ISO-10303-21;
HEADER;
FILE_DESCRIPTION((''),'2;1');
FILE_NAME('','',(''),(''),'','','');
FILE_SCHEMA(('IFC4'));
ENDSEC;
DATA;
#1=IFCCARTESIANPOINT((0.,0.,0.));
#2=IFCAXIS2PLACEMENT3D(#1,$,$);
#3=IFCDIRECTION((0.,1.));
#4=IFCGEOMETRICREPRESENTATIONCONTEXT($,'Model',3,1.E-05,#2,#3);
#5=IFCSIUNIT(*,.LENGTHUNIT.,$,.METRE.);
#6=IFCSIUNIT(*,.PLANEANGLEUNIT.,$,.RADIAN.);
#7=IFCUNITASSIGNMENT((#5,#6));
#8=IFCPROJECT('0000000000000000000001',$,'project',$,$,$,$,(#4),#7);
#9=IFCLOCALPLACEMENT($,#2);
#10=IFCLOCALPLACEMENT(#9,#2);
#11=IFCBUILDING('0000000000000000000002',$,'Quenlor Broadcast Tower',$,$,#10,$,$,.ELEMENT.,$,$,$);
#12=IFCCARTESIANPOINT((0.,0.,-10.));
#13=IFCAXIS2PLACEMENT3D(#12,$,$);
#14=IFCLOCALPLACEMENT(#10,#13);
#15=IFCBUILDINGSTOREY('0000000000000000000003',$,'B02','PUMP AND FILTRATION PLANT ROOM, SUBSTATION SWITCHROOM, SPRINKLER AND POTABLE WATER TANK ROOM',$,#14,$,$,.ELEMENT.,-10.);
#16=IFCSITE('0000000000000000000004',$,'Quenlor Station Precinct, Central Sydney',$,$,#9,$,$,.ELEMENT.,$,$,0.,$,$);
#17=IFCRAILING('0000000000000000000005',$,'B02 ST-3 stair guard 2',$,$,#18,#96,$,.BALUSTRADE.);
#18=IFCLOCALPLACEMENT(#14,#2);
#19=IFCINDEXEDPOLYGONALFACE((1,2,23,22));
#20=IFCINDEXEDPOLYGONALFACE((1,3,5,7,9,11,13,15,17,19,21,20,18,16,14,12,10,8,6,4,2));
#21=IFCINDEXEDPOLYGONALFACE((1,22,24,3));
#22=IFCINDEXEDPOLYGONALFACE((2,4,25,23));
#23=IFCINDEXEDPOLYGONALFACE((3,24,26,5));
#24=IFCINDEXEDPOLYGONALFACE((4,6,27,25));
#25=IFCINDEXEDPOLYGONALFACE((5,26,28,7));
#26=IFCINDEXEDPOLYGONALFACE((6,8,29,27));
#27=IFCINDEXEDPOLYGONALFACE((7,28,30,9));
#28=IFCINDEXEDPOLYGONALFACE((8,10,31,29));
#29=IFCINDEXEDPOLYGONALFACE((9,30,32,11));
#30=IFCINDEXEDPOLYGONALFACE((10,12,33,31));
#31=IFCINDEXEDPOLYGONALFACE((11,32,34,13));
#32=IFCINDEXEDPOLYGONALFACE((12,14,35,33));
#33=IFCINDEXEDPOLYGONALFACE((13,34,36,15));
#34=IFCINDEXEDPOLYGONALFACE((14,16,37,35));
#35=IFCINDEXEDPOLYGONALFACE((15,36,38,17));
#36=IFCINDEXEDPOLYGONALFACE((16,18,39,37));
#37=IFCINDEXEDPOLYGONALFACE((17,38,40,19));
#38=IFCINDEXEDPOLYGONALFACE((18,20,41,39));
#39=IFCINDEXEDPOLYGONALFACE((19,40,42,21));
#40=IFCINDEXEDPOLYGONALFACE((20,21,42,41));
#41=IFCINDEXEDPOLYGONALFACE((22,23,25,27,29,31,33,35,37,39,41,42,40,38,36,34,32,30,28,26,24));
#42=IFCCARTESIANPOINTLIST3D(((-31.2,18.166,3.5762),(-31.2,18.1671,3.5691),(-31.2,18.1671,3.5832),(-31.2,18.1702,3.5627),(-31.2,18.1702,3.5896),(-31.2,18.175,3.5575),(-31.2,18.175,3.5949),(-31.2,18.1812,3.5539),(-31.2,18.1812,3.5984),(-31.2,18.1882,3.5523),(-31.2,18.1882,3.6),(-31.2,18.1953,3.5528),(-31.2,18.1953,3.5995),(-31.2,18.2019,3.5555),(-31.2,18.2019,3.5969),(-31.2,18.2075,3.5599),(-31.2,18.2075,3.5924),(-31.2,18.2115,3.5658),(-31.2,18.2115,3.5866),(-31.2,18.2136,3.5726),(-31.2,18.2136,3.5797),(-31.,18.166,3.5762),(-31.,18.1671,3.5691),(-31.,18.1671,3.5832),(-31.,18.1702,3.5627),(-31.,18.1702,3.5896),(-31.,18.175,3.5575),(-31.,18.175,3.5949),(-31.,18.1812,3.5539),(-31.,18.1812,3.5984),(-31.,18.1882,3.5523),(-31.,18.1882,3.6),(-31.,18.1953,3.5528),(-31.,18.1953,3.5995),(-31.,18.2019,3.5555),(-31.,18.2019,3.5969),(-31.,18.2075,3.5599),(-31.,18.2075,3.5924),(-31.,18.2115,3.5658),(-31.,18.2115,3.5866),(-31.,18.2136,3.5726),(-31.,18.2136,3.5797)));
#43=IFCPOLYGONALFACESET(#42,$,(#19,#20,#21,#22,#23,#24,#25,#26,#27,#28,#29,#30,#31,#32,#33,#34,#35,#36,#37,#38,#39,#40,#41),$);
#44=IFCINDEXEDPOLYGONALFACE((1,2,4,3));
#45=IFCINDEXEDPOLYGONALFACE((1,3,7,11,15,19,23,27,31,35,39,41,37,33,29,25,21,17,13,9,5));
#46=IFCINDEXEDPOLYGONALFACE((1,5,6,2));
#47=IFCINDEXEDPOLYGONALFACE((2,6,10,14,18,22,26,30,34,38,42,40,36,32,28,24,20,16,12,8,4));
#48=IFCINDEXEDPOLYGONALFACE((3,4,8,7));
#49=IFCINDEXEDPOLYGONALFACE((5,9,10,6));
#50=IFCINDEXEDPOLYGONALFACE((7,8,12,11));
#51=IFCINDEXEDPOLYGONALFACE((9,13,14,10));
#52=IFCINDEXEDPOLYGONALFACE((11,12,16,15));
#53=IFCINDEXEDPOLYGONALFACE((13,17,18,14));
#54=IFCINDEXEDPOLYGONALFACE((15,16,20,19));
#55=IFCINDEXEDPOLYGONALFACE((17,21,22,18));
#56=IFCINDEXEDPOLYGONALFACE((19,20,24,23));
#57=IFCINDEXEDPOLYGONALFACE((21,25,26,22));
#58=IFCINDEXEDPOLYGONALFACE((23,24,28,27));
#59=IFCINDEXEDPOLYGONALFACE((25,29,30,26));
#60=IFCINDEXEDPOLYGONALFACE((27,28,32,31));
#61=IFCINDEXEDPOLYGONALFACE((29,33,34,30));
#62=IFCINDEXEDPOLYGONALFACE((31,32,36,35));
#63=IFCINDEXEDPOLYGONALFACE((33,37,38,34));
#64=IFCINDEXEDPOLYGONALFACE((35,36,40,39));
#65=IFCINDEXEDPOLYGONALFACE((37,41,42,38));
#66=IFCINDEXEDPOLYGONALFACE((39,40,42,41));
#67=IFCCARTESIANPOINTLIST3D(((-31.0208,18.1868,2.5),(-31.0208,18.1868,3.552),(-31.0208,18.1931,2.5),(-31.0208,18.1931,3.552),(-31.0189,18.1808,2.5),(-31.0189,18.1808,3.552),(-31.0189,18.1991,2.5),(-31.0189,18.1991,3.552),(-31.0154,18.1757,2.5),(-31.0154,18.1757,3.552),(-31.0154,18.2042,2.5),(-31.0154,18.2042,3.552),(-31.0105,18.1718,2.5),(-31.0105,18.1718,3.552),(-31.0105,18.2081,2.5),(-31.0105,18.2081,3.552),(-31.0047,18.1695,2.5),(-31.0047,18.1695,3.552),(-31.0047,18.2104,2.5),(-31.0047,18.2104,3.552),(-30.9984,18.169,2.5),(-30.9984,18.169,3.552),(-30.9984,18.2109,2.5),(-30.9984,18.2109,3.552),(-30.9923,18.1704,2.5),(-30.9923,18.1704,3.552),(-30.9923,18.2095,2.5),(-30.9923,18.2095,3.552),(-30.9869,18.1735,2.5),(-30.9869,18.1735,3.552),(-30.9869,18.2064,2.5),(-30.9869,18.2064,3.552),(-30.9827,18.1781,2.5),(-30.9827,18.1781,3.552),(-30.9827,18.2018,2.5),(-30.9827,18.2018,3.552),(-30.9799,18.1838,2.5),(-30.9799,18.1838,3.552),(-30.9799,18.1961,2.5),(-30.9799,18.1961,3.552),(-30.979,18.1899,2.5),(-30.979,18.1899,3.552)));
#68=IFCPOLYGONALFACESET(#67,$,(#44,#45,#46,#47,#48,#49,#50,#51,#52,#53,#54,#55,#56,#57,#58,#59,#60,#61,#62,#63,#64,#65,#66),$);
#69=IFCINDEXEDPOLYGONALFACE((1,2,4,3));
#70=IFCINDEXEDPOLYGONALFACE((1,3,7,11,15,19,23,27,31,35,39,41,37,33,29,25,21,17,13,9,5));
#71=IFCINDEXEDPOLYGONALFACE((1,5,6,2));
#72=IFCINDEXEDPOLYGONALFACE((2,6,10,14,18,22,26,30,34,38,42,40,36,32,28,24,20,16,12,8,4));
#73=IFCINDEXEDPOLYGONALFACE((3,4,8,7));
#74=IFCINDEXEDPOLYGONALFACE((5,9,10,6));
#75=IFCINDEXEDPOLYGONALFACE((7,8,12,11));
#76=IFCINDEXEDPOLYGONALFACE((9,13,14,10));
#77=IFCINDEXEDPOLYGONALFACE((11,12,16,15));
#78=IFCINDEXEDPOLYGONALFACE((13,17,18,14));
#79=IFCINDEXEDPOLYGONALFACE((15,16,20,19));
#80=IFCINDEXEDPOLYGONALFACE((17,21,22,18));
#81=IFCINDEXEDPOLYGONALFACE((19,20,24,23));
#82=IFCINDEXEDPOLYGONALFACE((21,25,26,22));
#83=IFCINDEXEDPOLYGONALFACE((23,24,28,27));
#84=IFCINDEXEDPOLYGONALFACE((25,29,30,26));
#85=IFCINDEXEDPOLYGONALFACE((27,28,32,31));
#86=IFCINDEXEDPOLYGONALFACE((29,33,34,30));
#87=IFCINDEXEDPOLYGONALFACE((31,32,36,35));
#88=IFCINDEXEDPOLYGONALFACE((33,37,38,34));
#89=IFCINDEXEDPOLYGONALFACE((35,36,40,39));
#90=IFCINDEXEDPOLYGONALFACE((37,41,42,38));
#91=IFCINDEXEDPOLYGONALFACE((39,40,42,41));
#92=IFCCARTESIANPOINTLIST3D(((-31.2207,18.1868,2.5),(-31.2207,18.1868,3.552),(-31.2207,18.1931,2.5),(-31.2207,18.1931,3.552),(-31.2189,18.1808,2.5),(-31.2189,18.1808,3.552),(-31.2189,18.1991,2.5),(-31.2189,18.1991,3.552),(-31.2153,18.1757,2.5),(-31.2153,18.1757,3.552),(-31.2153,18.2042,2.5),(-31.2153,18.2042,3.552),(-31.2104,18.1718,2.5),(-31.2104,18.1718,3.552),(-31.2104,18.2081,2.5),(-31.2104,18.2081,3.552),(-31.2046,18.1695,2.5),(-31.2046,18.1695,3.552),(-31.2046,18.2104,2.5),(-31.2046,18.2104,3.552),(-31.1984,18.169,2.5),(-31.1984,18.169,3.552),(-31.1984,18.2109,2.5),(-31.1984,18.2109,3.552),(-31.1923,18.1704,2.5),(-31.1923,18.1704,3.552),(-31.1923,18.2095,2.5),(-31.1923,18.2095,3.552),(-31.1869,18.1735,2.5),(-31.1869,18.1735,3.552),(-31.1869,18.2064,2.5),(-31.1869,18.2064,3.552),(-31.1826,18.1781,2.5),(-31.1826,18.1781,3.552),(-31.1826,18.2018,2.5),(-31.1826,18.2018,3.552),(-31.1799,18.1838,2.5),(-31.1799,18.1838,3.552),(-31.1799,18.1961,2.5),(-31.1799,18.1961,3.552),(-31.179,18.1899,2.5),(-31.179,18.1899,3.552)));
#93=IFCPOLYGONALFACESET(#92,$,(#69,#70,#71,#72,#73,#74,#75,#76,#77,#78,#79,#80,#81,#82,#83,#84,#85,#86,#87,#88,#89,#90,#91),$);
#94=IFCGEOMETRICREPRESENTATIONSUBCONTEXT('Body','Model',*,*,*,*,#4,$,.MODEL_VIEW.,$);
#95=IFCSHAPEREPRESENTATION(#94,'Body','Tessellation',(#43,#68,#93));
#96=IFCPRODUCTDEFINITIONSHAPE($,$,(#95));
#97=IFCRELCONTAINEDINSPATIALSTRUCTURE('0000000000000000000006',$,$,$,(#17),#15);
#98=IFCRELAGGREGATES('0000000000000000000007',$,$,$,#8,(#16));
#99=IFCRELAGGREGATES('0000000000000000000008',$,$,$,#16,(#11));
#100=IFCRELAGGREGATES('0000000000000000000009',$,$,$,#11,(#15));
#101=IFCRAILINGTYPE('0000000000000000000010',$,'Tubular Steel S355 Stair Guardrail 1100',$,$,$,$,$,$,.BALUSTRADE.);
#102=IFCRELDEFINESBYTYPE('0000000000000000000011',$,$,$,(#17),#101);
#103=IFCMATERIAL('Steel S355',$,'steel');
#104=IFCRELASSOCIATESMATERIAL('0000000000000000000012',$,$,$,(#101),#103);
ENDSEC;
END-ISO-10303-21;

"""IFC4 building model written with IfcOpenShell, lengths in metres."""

from ifc_helpers import new_model, si_unit, direction, frame, origin, origin_2d, place, context, subcontext, project, spatial, circle, extrude, material, type_object, element, save


model = new_model("IFC4")

# Units and contexts
model_context = context("Model", 3, precision=1e-05, world=origin(), true_north=direction((0.0, 1.0)))
body_context = subcontext(model_context, "Body", "Model", "MODEL_VIEW")
ifc_project = project(units=[si_unit("LENGTHUNIT", "METRE"), si_unit("PLANEANGLEUNIT", "RADIAN")], contexts=[model_context])

# Site, building, storey
site_placement = place(None, origin())
site = spatial("IfcSite", under=ifc_project, at=site_placement, Name="Quenlor Station Precinct, Central Sydney", CompositionType="ELEMENT", RefElevation=0.0)
building_placement = place(site_placement, origin())
building = spatial("IfcBuilding", under=site, at=building_placement, Name="Quenlor Broadcast Tower", CompositionType="ELEMENT")
storey_placement = place(building_placement, frame((0.0, 0.0, -10.0)))
storey = spatial("IfcBuildingStorey", under=building, at=storey_placement, Name="B02", Description="PUMP AND FILTRATION PLANT ROOM, SUBSTATION SWITCHROOM, SPRINKLER AND POTABLE WATER TANK ROOM", CompositionType="ELEMENT", Elevation=-10.0)

# Railing
ifc_material_1 = material(Name="Steel S355", Category="steel")
railing_type_1 = type_object("IfcRailingType", Name="Tubular Steel S355 Stair Guardrail 1100", PredefinedType="BALUSTRADE", material=ifc_material_1)
railing_1_placement = place(storey_placement, frame((-31.0, 18.1899, 2.5)))
element("IfcRailing", 1, at=railing_1_placement, inside=storey, type_object=railing_type_1, Name="B02 ST-3 stair guard 2", PredefinedType="BALUSTRADE", context=body_context, shape_type="SweptSolid", body=[
    extrude(circle(Radius=0.0239, at=origin_2d()), frame((0.0, 0.0, 1.0762), z_axis=(-1.0, 0.0, 0.0), x_axis=(0.0, -1.0, 0.0)), (0.0, 0.0, 1.0), 0.2),
    extrude(circle(Radius=0.021, at=origin_2d()), origin(), (0.0, 0.0, 1.0), 1.052),
    extrude(circle(Radius=0.021, at=origin_2d()), frame((-0.2, 0.0, 0.0)), (0.0, 0.0, 1.0), 1.052),
])

save(model, "model.ifc")
